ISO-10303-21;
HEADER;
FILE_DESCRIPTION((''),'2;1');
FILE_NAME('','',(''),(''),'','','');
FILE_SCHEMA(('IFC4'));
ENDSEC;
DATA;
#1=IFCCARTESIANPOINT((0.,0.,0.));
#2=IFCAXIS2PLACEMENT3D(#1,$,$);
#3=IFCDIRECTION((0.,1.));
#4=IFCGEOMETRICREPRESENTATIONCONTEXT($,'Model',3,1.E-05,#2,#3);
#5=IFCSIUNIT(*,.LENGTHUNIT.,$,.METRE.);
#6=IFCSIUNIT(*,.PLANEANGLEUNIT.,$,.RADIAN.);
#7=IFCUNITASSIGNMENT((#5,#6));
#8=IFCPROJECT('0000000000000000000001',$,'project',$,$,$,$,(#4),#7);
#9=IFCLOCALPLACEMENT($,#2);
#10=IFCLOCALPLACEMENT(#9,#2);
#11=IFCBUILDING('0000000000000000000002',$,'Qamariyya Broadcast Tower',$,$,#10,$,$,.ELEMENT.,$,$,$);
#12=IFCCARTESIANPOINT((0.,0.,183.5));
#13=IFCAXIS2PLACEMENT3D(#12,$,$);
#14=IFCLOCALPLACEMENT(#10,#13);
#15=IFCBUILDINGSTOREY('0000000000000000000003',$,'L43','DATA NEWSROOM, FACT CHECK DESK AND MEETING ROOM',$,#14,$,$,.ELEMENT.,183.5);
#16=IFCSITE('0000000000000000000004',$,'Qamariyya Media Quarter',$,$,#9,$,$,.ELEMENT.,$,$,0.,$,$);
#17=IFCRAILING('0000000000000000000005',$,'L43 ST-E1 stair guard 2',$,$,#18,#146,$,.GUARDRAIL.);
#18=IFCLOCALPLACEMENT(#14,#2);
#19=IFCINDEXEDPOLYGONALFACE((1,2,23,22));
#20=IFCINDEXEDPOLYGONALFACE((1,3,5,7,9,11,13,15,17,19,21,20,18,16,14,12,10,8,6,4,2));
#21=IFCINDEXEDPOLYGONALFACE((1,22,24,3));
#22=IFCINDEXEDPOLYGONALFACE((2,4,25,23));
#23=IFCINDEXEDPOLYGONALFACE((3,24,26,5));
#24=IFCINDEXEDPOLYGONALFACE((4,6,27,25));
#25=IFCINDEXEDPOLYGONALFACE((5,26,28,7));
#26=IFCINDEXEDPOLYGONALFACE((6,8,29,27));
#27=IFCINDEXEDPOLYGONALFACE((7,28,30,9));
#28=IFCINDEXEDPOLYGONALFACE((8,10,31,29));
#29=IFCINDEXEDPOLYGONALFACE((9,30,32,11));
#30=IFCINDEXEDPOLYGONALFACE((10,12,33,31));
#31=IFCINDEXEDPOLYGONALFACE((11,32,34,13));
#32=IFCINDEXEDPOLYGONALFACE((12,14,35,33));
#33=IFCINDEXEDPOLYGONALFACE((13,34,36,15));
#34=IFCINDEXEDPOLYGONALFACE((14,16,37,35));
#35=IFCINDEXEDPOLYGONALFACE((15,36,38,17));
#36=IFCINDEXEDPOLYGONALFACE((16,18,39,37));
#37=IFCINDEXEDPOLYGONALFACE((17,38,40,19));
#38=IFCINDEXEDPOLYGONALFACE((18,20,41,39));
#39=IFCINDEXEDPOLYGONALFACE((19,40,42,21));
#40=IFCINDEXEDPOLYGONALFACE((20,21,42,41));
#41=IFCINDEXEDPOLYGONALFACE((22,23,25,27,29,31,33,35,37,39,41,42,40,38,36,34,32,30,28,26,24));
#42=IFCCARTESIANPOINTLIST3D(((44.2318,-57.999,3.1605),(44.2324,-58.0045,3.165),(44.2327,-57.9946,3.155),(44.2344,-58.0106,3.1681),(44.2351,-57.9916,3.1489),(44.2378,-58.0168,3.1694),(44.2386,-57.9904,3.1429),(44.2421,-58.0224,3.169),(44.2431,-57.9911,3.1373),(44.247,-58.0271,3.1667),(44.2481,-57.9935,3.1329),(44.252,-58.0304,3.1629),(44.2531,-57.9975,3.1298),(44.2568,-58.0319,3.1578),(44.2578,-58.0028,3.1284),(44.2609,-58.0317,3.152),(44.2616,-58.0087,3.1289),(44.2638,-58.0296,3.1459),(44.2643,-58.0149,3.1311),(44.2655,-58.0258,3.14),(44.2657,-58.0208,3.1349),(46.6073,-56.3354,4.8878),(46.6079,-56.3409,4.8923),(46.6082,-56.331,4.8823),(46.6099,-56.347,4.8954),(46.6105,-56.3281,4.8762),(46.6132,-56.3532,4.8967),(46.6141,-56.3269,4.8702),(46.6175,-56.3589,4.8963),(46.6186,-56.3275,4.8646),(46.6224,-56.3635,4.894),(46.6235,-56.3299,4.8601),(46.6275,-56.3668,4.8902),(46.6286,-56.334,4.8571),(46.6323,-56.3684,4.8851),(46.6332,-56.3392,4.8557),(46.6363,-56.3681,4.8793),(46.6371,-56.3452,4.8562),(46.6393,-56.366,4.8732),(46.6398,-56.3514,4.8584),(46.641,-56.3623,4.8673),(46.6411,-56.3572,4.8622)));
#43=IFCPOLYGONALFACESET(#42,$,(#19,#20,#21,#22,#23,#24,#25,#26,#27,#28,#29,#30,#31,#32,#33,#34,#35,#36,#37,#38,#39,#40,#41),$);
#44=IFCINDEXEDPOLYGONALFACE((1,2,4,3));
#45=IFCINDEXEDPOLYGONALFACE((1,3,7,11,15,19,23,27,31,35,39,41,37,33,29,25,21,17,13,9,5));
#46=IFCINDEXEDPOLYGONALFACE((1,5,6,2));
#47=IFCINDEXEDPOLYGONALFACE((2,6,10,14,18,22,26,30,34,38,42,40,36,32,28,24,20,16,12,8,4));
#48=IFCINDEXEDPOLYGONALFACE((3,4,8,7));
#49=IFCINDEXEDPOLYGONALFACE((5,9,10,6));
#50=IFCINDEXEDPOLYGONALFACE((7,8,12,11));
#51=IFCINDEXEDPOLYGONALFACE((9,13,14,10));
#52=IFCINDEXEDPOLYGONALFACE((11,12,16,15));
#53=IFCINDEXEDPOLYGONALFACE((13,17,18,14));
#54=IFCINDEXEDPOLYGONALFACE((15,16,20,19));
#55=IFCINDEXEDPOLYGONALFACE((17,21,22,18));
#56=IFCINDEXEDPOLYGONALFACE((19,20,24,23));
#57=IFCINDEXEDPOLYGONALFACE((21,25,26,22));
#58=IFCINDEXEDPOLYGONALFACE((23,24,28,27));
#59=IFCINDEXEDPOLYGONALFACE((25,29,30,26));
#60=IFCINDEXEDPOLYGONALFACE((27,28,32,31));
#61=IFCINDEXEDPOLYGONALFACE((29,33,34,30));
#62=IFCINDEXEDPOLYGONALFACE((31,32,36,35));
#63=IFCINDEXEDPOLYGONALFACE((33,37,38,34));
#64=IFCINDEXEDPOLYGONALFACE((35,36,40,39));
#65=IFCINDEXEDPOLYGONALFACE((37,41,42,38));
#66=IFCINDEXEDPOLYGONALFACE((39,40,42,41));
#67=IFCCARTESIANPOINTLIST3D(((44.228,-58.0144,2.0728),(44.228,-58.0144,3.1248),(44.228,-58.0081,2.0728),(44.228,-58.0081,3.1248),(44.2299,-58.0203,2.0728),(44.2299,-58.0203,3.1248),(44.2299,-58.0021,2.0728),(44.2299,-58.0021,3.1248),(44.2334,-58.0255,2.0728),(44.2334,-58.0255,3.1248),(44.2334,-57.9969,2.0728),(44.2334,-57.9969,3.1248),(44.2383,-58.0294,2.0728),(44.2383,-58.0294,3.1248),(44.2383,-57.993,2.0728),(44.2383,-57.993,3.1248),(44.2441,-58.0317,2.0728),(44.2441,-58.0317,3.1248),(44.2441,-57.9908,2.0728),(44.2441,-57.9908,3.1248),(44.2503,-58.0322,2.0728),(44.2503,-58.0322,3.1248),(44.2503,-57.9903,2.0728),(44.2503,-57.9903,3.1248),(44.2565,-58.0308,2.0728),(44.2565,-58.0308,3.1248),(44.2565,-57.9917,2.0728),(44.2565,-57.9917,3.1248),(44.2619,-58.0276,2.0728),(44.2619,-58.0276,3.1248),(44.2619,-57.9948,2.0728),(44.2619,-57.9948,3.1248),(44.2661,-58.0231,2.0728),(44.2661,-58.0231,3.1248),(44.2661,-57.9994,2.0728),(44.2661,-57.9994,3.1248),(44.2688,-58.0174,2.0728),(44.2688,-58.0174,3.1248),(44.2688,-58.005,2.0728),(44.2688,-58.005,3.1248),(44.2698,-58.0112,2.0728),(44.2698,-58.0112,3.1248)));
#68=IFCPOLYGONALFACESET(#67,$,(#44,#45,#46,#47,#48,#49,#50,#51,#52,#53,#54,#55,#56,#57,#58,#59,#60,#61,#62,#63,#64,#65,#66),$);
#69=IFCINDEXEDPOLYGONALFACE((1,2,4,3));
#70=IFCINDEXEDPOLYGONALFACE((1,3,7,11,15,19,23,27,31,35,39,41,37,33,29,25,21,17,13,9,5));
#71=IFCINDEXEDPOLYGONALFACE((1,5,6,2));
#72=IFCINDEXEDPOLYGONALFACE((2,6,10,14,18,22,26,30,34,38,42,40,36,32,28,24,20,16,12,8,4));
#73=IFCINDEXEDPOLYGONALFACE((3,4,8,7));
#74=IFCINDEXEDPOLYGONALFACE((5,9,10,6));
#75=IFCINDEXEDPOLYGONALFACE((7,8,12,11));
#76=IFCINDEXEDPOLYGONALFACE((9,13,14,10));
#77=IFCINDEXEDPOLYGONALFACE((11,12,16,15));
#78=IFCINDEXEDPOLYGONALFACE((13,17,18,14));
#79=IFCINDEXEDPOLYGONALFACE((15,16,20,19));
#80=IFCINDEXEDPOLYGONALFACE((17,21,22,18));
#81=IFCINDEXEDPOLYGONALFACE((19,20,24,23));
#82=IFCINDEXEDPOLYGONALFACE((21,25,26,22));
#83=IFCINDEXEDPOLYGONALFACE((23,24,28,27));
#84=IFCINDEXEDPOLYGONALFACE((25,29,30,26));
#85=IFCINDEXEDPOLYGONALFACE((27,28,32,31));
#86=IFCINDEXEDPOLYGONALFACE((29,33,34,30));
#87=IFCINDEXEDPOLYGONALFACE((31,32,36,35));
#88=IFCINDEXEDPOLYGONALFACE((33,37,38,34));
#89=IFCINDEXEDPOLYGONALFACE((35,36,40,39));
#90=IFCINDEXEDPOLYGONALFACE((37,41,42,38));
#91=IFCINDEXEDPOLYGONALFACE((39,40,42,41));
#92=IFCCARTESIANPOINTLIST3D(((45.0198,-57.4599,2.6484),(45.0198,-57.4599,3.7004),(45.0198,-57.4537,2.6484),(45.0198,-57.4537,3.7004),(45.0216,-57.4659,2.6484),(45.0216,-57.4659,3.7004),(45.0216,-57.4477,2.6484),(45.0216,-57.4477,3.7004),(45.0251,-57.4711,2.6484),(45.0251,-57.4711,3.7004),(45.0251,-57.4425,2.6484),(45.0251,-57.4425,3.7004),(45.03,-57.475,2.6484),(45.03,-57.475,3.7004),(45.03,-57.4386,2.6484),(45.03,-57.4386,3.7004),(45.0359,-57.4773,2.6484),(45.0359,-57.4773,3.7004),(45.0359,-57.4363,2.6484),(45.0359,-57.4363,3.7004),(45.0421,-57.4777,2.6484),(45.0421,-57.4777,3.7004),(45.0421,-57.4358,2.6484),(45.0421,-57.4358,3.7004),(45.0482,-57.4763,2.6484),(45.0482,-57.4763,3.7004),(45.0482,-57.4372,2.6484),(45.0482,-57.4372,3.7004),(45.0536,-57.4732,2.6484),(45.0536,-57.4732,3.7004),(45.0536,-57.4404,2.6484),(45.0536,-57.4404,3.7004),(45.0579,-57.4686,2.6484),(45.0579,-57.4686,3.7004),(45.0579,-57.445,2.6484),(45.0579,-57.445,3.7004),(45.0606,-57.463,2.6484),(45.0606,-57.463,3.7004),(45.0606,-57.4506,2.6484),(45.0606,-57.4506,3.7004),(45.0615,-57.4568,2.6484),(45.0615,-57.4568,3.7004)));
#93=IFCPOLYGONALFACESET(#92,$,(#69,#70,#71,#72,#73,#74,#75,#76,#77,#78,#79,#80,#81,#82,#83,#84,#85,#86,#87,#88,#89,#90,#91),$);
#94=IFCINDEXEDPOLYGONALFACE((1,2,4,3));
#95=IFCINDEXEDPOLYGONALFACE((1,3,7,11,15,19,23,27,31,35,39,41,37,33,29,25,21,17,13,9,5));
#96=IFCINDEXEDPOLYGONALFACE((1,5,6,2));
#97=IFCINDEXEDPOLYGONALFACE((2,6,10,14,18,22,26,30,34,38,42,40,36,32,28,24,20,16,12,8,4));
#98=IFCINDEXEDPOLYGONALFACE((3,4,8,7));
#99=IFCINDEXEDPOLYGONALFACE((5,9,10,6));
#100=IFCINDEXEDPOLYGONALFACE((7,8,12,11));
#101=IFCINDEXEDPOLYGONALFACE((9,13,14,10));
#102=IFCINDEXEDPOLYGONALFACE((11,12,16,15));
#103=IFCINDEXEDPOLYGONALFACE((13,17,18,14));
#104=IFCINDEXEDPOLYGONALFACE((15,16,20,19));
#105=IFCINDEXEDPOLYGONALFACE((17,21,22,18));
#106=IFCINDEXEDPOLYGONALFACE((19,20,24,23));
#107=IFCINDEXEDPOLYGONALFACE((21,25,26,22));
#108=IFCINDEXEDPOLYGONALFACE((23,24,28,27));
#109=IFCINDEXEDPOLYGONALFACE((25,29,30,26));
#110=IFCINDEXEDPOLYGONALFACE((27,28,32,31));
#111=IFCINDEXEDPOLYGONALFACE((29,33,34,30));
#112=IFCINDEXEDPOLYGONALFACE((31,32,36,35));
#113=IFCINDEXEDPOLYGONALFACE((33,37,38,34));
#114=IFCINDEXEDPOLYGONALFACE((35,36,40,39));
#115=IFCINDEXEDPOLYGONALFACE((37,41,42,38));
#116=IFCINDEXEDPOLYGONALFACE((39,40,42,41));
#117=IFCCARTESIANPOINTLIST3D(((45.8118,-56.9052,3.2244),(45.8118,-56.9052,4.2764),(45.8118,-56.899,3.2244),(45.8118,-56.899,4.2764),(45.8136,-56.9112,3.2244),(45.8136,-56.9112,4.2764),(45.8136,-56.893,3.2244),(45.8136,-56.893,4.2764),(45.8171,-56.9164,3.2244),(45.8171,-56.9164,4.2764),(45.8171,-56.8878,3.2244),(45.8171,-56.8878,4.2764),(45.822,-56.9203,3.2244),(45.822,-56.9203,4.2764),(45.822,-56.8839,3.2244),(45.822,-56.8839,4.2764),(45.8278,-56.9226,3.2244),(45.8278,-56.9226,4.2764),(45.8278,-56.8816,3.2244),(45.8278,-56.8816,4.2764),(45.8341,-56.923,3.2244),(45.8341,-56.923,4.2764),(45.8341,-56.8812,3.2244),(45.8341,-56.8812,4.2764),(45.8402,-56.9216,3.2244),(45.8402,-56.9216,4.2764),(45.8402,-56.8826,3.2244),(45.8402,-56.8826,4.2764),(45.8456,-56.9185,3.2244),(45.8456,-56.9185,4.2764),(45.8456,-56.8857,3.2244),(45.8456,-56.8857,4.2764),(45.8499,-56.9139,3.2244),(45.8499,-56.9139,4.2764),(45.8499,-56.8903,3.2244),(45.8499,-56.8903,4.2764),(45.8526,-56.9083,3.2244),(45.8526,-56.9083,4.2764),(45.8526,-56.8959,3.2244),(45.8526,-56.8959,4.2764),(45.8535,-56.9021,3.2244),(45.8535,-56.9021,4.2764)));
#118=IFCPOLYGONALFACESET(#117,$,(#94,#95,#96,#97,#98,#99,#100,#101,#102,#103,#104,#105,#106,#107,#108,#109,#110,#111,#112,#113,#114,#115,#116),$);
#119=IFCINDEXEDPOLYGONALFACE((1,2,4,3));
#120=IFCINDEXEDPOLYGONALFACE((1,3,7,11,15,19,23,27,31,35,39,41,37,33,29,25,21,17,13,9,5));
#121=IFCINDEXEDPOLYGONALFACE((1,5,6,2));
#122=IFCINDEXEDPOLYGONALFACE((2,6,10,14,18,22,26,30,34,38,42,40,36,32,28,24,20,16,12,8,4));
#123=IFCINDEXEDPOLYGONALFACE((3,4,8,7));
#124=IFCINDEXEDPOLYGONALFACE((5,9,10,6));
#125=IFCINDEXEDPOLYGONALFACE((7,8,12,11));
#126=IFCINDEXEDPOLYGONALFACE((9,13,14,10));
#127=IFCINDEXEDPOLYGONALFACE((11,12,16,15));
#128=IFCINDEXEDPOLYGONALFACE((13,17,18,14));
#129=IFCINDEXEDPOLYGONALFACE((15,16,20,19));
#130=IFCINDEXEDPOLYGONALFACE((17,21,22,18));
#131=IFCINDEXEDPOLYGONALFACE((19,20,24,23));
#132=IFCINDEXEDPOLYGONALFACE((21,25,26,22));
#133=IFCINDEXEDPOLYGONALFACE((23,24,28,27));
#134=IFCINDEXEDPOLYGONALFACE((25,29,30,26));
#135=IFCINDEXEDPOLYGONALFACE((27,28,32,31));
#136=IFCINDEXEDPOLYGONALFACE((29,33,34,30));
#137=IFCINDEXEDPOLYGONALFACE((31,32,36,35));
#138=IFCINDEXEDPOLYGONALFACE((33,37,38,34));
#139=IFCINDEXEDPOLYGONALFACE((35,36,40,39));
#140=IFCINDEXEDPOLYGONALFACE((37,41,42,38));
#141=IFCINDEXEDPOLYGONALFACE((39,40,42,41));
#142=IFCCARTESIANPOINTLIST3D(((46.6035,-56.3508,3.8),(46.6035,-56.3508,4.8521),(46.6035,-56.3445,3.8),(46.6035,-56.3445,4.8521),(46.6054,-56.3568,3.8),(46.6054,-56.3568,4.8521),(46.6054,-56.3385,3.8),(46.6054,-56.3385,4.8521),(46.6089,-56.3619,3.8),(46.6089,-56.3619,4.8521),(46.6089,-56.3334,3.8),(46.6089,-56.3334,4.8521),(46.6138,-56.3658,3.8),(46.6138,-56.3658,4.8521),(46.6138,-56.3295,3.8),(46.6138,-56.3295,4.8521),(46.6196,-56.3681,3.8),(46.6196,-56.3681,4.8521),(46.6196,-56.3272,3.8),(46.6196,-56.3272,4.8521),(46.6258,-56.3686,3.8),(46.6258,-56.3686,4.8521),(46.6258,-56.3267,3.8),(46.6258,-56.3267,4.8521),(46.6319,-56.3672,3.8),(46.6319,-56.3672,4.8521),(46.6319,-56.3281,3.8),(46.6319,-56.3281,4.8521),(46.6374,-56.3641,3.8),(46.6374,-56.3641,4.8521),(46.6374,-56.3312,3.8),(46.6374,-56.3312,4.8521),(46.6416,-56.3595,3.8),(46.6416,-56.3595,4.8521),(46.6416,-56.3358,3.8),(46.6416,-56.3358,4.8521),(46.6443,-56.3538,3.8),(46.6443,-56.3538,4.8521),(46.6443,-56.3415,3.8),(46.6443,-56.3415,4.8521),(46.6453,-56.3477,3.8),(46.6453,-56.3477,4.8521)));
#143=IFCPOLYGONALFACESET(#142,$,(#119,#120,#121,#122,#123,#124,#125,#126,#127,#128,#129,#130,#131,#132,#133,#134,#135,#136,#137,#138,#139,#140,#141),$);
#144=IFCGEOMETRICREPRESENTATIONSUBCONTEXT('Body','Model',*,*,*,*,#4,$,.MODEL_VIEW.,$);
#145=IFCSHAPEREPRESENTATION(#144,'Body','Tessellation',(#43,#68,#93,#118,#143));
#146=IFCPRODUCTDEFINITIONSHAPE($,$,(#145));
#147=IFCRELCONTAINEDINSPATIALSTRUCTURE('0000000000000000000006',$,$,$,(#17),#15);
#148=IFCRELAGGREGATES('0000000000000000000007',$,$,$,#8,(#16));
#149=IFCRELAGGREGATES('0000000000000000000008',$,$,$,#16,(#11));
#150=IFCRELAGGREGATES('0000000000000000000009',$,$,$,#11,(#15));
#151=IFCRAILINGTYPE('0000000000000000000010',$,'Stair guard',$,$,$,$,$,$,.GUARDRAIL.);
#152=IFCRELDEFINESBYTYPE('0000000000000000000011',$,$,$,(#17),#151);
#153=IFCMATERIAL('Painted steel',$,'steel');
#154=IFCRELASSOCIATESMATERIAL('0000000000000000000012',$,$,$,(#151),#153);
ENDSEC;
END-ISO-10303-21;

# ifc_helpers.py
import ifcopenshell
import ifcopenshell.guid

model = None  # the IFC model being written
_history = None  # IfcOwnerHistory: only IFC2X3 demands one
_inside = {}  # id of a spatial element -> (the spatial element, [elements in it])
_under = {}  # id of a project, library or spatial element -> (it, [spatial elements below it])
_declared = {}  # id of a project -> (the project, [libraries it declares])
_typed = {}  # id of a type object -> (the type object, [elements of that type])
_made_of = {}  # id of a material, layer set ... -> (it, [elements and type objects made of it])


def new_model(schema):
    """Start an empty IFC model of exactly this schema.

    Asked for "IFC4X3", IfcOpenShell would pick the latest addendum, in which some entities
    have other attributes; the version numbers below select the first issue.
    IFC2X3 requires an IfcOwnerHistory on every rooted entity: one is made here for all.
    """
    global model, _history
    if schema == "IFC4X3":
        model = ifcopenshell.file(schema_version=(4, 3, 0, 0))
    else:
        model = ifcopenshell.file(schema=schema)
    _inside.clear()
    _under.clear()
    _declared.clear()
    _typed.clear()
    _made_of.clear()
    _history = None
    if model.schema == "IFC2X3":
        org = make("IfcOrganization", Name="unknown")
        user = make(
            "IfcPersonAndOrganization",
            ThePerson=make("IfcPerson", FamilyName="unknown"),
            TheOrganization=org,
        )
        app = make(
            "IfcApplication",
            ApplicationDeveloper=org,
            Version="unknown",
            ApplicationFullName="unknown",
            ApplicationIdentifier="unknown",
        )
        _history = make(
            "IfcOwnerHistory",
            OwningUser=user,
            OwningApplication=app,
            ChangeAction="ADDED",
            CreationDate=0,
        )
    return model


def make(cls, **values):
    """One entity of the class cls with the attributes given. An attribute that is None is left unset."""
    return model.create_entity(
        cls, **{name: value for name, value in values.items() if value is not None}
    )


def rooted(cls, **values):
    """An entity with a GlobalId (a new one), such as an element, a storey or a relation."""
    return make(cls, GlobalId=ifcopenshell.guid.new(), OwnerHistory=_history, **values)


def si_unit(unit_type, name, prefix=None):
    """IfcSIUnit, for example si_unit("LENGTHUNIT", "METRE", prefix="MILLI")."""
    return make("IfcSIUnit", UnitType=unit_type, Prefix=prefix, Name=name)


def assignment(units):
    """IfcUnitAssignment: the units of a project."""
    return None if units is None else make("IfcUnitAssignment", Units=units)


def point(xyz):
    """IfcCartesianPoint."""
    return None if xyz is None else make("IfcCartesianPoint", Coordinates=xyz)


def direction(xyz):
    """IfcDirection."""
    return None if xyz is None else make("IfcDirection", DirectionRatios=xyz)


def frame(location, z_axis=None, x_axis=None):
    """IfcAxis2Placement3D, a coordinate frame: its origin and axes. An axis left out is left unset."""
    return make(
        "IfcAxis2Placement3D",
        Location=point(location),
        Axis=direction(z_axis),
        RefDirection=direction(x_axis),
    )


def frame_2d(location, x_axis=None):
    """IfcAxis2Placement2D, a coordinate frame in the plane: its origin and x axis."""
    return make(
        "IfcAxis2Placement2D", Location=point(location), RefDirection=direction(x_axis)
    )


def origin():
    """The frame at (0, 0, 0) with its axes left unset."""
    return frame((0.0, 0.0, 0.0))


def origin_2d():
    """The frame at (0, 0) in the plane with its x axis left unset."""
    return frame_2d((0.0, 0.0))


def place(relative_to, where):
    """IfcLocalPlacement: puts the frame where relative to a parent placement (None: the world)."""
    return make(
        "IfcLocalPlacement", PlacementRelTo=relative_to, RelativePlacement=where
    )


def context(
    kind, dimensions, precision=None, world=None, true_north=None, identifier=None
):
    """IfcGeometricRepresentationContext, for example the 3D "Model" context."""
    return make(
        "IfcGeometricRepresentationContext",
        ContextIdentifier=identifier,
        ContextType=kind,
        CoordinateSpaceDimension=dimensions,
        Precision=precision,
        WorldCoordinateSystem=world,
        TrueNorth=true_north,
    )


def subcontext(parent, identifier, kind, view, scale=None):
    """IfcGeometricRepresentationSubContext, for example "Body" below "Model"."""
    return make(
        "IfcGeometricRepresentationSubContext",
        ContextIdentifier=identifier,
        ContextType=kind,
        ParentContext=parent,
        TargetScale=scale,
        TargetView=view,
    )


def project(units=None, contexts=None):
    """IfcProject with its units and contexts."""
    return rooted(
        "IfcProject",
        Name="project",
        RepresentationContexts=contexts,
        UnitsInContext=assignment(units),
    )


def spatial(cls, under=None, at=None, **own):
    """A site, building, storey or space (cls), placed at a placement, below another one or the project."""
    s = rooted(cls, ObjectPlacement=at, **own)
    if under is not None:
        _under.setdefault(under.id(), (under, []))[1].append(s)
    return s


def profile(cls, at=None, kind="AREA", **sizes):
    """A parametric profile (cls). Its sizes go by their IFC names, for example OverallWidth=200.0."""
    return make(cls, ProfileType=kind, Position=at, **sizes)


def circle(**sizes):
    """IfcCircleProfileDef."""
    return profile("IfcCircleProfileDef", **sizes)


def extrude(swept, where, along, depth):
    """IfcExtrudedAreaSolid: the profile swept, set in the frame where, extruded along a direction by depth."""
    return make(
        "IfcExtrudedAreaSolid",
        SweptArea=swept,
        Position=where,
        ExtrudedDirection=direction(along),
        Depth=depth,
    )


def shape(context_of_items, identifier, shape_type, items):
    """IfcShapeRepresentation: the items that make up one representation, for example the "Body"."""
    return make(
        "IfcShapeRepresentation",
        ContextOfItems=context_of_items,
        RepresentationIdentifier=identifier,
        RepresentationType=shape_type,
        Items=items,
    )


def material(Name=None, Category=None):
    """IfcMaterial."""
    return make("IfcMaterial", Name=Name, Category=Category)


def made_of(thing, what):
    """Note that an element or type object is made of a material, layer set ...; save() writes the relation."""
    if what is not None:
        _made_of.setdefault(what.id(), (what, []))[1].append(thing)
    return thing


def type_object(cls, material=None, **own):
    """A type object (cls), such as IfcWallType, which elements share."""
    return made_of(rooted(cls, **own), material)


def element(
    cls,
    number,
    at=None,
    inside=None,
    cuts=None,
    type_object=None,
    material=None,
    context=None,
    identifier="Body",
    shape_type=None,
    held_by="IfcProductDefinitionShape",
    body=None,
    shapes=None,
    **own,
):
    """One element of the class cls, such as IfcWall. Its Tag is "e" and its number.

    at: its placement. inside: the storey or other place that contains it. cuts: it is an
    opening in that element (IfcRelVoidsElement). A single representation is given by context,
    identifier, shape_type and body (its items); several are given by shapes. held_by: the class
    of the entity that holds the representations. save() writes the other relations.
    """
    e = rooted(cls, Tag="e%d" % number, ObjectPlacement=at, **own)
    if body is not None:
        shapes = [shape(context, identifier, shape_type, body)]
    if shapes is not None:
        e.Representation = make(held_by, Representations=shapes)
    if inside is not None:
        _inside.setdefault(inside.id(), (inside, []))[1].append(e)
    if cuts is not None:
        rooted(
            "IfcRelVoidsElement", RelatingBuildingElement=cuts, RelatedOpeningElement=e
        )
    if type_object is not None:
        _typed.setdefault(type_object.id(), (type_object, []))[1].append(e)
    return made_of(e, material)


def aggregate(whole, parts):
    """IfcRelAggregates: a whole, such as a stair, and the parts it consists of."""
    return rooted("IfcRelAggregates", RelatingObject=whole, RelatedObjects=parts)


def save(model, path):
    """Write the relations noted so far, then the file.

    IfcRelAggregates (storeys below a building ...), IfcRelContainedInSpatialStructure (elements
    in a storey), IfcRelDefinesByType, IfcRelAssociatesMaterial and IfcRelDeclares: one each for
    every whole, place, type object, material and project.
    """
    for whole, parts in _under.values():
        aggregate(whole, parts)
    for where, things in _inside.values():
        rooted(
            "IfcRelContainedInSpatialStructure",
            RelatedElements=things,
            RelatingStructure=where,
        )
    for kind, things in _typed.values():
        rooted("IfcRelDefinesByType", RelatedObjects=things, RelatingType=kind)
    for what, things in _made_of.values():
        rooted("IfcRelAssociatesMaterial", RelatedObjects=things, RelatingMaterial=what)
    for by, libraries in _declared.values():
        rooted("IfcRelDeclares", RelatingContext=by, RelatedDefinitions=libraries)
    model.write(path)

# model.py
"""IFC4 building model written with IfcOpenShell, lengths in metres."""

from ifc_helpers import new_model, si_unit, direction, frame, origin, origin_2d, place, context, subcontext, project, spatial, circle, extrude, material, type_object, element, save


model = new_model("IFC4")

# Units and contexts
model_context = context("Model", 3, precision=1e-05, world=origin(), true_north=direction((0.0, 1.0)))
body_context = subcontext(model_context, "Body", "Model", "MODEL_VIEW")
ifc_project = project(units=[si_unit("LENGTHUNIT", "METRE"), si_unit("PLANEANGLEUNIT", "RADIAN")], contexts=[model_context])

# Site, building, storey
site_placement = place(None, origin())
site = spatial("IfcSite", under=ifc_project, at=site_placement, Name="Qamariyya Media Quarter", CompositionType="ELEMENT", RefElevation=0.0)
building_placement = place(site_placement, origin())
building = spatial("IfcBuilding", under=site, at=building_placement, Name="Qamariyya Broadcast Tower", CompositionType="ELEMENT")
storey_placement = place(building_placement, frame((0.0, 0.0, 183.5)))
storey = spatial("IfcBuildingStorey", under=building, at=storey_placement, Name="L43", Description="DATA NEWSROOM, FACT CHECK DESK AND MEETING ROOM", CompositionType="ELEMENT", Elevation=183.5)

# Railing
ifc_material_1 = material(Name="Painted steel", Category="steel")
railing_type_1 = type_object("IfcRailingType", Name="Stair guard", PredefinedType="GUARDRAIL", material=ifc_material_1)
railing_1_placement = place(storey_placement, frame((44.2488, -58.0112, 2.0728)))
element("IfcRailing", 1, at=railing_1_placement, inside=storey, type_object=railing_type_1, Name="L43 ST-E1 stair guard 2", PredefinedType="GUARDRAIL", context=body_context, shape_type="SweptSolid", body=[
    extrude(circle(Radius=0.0239, at=origin_2d()), frame((0.0, 0.0, 1.0762), z_axis=(0.703745, 0.492838, 0.511716), x_axis=(-0.573632, 0.819113, 0.0)), (0.0, 0.0, 1.0), 3.3755),
    extrude(circle(Radius=0.021, at=origin_2d()), origin(), (0.0, 0.0, 1.0), 1.052),
    extrude(circle(Radius=0.021, at=origin_2d()), frame((0.7917, 0.5544, 0.5757)), (0.0, 0.0, 1.0), 1.052),
    extrude(circle(Radius=0.021, at=origin_2d()), frame((1.5837, 1.1091, 1.1516)), (0.0, 0.0, 1.0), 1.052),
    extrude(circle(Radius=0.021, at=origin_2d()), frame((2.3755, 1.6636, 1.7273)), (0.0, 0.0, 1.0), 1.052),
])

save(model, "model.ifc")
